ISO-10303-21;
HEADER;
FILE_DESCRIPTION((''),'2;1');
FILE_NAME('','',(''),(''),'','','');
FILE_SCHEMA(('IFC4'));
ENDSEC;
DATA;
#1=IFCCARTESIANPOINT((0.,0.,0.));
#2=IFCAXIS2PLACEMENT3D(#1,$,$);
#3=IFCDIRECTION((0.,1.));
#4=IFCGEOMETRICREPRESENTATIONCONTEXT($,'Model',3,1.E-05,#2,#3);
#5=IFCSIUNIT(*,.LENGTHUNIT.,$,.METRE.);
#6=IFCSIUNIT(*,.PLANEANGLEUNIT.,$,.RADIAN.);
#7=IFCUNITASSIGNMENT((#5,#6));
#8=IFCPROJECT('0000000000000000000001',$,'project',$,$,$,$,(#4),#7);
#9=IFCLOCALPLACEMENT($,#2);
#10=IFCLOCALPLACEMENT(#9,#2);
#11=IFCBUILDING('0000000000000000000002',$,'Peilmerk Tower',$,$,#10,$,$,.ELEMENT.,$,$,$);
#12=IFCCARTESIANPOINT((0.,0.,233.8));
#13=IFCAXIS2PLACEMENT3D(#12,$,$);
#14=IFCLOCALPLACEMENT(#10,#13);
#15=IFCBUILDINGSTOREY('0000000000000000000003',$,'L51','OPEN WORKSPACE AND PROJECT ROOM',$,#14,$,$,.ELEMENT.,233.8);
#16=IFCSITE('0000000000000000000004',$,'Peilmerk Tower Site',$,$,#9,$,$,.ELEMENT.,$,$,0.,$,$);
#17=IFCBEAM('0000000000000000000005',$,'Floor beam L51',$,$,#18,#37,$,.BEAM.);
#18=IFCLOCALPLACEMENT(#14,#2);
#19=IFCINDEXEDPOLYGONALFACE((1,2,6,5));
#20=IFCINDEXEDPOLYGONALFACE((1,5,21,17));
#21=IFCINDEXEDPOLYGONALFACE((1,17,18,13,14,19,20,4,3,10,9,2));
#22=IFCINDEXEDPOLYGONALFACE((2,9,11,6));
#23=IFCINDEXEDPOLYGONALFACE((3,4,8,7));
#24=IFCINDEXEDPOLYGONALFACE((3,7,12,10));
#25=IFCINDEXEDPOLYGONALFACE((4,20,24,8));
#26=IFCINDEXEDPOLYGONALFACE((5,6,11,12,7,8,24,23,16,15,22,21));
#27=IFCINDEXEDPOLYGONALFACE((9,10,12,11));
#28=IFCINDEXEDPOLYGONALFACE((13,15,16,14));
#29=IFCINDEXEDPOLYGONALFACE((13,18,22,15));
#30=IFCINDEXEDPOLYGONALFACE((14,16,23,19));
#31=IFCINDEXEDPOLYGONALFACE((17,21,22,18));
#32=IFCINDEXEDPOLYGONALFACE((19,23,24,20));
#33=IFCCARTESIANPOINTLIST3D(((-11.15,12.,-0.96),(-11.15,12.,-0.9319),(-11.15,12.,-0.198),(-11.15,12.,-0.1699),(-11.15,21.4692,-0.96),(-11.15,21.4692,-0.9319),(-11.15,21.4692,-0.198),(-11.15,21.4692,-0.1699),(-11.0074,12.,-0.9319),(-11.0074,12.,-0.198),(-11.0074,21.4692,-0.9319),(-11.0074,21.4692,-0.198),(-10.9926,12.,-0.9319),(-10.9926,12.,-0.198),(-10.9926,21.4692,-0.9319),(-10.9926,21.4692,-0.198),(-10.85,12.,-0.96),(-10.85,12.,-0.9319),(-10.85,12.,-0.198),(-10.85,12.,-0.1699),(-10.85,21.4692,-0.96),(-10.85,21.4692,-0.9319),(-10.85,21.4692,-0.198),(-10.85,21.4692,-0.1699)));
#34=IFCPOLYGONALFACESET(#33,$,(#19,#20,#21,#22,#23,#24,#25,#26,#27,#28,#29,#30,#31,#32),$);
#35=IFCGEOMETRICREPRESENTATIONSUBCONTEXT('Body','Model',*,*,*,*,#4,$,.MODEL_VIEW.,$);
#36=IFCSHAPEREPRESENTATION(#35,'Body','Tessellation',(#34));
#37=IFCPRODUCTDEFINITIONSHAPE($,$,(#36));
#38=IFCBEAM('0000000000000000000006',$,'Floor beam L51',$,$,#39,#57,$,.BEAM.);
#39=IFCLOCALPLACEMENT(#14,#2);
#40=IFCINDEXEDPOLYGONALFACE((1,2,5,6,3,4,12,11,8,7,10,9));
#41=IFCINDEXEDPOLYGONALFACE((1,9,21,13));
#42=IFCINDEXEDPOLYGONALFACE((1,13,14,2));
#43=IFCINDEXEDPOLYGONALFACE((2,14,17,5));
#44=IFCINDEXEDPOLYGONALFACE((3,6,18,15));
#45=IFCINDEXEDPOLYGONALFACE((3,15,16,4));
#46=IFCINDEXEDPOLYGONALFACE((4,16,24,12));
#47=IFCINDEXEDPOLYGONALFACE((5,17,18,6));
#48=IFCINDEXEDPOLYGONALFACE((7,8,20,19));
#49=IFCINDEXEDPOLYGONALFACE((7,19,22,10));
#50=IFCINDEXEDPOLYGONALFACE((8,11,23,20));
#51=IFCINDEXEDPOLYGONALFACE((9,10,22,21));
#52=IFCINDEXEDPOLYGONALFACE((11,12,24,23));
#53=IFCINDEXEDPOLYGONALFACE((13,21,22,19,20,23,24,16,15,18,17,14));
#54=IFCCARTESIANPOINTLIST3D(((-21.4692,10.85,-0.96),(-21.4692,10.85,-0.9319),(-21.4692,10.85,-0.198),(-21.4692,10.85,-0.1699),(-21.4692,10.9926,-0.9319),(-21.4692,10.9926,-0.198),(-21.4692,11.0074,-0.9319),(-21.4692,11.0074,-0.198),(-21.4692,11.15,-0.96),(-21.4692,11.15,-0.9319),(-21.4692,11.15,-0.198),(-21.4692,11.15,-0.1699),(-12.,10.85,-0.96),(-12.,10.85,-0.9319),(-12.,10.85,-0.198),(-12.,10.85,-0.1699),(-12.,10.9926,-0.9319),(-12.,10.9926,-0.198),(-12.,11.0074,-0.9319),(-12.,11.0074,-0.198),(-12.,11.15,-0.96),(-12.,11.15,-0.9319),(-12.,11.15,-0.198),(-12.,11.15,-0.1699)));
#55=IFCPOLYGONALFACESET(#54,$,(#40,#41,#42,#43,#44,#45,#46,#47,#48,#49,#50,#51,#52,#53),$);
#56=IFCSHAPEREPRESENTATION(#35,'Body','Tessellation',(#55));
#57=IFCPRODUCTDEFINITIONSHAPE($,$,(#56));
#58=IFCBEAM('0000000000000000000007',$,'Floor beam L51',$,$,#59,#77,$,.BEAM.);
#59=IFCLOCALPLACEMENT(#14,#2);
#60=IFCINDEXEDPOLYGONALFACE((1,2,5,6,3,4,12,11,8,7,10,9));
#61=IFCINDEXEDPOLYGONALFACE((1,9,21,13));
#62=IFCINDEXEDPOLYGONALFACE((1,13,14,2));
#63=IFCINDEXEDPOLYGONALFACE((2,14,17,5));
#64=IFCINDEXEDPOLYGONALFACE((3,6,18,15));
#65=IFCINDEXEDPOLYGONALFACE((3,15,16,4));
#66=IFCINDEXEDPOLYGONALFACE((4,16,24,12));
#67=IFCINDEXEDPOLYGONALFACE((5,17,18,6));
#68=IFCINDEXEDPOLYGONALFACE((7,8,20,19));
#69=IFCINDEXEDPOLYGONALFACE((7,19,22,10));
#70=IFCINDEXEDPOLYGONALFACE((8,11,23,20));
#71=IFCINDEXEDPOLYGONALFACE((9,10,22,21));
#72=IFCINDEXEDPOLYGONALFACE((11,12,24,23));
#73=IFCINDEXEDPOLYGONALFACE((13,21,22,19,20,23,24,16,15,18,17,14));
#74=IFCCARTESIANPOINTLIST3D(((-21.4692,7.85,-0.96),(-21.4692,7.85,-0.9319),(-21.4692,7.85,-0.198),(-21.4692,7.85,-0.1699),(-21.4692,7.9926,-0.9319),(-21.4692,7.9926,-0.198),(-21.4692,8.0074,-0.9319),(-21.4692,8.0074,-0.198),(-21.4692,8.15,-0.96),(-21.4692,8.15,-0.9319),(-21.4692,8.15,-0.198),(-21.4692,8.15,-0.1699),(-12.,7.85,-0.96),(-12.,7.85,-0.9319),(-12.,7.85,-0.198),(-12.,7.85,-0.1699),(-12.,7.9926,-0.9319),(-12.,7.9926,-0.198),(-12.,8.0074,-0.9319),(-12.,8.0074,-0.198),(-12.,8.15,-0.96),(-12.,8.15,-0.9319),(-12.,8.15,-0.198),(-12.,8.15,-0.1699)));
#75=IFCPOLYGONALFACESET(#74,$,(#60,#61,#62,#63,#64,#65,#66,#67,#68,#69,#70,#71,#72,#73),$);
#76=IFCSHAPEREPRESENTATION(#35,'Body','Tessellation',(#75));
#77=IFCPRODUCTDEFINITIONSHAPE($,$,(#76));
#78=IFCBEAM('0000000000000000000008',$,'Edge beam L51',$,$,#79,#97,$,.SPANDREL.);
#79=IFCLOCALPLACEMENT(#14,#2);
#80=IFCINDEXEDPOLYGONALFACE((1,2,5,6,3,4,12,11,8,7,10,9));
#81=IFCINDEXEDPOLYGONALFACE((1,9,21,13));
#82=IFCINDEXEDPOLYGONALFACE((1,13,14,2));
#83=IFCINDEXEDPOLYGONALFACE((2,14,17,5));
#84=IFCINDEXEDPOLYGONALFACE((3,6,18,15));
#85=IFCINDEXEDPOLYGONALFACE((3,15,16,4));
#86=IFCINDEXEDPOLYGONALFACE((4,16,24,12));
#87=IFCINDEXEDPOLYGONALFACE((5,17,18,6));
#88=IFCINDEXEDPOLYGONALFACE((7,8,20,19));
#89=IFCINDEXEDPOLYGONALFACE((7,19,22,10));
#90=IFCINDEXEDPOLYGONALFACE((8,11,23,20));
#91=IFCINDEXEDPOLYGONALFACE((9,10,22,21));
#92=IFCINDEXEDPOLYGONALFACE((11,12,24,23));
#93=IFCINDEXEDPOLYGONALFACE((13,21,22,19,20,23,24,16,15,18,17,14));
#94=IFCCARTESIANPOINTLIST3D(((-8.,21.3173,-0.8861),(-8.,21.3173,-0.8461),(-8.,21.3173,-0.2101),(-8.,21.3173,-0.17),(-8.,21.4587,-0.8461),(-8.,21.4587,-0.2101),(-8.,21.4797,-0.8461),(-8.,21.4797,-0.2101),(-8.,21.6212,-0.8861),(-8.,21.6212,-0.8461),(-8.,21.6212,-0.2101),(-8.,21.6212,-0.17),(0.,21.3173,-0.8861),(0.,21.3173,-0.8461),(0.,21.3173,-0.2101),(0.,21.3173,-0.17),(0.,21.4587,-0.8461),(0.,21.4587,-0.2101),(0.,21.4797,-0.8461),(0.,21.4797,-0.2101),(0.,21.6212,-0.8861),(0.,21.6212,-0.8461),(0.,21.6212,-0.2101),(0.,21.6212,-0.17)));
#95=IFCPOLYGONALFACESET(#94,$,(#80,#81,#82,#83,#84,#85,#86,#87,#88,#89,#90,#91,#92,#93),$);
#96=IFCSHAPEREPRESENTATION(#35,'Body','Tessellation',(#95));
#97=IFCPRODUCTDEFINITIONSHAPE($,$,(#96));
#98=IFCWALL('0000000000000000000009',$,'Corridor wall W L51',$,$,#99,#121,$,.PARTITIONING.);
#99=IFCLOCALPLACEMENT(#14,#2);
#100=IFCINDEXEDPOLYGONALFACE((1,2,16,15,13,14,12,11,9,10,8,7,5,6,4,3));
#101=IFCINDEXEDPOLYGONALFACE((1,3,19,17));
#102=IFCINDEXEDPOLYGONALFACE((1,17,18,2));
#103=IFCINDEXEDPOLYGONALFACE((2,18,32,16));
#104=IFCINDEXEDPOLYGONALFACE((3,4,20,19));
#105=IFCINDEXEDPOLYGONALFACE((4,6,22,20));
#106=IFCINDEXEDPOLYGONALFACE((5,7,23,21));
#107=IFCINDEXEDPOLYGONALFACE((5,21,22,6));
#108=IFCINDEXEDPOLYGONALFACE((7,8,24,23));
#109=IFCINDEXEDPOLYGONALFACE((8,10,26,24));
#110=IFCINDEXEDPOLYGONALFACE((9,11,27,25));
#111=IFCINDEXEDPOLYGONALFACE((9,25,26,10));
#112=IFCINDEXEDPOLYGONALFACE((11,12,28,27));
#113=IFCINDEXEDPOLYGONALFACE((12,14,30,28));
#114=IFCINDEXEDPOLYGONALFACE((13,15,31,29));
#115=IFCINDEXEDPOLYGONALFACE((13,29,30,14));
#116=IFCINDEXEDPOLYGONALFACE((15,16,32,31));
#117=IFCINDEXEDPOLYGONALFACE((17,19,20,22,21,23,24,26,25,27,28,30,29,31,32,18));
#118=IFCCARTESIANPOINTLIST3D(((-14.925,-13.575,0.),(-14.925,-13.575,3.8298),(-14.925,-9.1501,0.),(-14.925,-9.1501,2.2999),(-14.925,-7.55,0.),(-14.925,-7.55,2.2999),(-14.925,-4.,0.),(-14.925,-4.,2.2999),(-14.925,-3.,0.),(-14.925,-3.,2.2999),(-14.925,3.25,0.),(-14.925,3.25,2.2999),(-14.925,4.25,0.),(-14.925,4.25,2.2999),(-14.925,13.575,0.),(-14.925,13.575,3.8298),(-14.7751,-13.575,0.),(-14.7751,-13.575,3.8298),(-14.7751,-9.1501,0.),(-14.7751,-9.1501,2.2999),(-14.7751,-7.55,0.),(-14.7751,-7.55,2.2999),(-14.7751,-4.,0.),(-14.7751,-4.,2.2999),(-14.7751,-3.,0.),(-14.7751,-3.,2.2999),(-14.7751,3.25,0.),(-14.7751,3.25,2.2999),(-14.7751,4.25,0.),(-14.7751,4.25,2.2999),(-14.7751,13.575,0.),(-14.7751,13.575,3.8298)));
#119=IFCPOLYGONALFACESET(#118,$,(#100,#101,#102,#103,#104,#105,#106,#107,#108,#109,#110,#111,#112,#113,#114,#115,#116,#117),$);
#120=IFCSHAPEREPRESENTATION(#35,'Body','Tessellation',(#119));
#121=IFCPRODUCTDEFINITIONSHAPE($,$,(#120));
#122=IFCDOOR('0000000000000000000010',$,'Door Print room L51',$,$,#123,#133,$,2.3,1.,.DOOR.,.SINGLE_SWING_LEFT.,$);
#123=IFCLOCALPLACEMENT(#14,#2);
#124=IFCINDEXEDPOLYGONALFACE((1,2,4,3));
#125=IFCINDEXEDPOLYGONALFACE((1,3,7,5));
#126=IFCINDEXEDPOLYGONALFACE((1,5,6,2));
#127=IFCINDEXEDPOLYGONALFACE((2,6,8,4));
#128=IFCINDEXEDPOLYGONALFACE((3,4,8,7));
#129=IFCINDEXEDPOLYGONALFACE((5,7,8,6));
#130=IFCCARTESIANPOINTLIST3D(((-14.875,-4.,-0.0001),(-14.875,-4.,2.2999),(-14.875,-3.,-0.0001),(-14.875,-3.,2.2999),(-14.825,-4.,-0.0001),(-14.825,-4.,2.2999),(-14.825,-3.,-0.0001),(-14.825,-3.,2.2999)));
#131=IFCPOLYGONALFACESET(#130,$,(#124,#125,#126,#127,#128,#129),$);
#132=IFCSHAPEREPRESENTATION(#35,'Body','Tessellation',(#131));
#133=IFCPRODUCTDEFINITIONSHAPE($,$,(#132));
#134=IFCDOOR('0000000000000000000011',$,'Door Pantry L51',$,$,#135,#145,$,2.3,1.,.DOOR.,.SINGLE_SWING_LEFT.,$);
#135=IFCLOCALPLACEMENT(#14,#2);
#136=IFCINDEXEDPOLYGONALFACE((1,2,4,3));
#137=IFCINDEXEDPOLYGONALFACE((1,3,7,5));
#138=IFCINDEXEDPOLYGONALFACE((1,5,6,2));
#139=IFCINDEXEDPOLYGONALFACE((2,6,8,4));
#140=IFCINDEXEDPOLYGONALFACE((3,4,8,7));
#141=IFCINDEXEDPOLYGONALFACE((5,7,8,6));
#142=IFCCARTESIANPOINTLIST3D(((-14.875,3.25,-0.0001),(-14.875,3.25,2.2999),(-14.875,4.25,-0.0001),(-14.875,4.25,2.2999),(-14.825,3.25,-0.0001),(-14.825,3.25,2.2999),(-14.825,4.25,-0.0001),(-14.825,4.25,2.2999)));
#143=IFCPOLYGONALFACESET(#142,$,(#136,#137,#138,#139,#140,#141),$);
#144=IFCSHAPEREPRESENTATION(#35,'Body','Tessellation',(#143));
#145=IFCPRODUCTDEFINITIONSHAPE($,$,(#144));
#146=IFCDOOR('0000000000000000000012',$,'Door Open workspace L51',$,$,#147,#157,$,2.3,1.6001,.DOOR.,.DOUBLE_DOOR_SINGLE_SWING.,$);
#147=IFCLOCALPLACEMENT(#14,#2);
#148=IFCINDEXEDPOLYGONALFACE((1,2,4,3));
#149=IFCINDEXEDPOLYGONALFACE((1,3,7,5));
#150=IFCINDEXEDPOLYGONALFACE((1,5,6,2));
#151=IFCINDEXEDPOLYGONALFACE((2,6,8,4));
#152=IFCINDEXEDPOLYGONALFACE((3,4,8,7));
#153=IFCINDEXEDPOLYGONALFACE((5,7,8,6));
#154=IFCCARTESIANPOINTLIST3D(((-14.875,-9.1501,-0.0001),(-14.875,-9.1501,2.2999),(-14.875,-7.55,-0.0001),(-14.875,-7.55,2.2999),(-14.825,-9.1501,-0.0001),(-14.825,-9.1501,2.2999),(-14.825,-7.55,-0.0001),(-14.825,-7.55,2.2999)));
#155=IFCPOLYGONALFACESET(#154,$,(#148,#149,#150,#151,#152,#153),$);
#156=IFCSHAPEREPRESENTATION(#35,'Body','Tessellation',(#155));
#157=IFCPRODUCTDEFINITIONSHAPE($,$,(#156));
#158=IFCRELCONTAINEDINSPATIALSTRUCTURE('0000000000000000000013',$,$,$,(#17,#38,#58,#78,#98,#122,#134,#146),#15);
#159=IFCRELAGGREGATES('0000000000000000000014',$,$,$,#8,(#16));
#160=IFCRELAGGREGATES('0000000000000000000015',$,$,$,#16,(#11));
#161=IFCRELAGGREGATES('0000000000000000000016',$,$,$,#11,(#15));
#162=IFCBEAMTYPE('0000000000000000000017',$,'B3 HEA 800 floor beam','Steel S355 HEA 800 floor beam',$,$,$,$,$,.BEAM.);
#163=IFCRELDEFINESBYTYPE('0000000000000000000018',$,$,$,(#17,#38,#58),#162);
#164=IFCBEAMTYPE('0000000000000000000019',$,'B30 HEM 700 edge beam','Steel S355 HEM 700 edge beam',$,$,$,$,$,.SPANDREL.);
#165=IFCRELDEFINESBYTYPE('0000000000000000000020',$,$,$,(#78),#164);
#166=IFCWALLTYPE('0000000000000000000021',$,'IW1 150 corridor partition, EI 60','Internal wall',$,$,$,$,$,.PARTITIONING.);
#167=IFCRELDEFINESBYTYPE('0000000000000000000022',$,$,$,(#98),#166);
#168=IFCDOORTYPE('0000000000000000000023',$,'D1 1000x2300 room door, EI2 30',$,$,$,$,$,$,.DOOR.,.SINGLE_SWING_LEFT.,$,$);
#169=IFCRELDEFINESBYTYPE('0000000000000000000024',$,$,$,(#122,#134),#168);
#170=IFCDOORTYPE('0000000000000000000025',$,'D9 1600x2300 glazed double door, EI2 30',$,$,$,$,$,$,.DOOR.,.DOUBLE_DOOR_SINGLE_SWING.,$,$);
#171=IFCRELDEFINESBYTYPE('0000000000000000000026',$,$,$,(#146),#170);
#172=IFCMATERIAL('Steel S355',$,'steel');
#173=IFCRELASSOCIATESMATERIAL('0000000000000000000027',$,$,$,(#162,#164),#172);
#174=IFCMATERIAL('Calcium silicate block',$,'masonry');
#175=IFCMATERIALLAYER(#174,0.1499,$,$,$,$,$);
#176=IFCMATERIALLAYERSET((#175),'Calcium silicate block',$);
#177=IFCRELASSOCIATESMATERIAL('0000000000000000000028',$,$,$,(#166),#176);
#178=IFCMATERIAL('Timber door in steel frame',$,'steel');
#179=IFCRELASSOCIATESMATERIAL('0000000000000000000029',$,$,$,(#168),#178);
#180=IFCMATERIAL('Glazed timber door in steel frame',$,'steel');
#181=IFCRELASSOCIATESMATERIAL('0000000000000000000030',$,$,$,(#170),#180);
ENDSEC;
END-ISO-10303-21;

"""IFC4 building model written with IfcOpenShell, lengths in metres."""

from ifc_helpers import new_model, si_unit, direction, frame, frame_2d, origin, origin_2d, place, context, subcontext, project, spatial, rectangle, i_section, extrude, material, layer, layer_set, material_profile, profile_set, type_object, element, fill, save


model = new_model("IFC4")

# Units and contexts
model_context = context("Model", 3, precision=1e-05, world=origin(), true_north=direction((0.0, 1.0)))
body_context = subcontext(model_context, "Body", "Model", "MODEL_VIEW")
ifc_project = project(units=[si_unit("LENGTHUNIT", "METRE"), si_unit("PLANEANGLEUNIT", "RADIAN")], contexts=[model_context])

# Site, building, storey
site_placement = place(None, origin())
site = spatial("IfcSite", under=ifc_project, at=site_placement, Name="Peilmerk Tower Site", CompositionType="ELEMENT", RefElevation=0.0)
building_placement = place(site_placement, origin())
building = spatial("IfcBuilding", under=site, at=building_placement, Name="Peilmerk Tower", CompositionType="ELEMENT")
storey_placement = place(building_placement, frame((0.0, 0.0, 233.8)))
storey = spatial("IfcBuildingStorey", under=building, at=storey_placement, Name="L51", Description="OPEN WORKSPACE AND PROJECT ROOM", CompositionType="ELEMENT", Elevation=233.8)

# Beams
ifc_material_1 = material(Name="Steel S355", Category="steel")
ifc_material_profile_1 = material_profile(ifc_material_1, i_section(OverallWidth=0.3, OverallDepth=0.79, WebThickness=0.0149, FlangeThickness=0.0281, at=origin_2d()), Name="HEA 800")
ifc_profile_set_1 = profile_set([ifc_material_profile_1], Name="Steel S355")
beam_type_1 = type_object("IfcBeamType", Name="B3 HEA 800 floor beam", Description="Steel S355 HEA 800 floor beam", PredefinedType="BEAM", material=ifc_profile_set_1)
for number, where, z_axis, x_axis, name in (
    (1, (-11.0, 12.0, -0.5649), (0.0, 1.0, 0.0), (-1.0, 0.0, 0.0), "Floor beam L51"),
    (2, (-12.0, 11.0, -0.5649), (-1.0, 0.0, 0.0), (0.0, -1.0, 0.0), "Floor beam L51"),
    (3, (-12.0, 8.0, -0.5649), (-1.0, 0.0, 0.0), (0.0, -1.0, 0.0), "Floor beam L51"),
):
    element("IfcBeam", number, at=place(storey_placement, frame(where, z_axis=z_axis, x_axis=x_axis)), inside=storey, type_object=beam_type_1, Name=name, PredefinedType="BEAM", context=body_context, shape_type="SweptSolid", body=[
        extrude(i_section(OverallWidth=0.3, OverallDepth=0.79, WebThickness=0.0149, FlangeThickness=0.0281, at=origin_2d()), origin(), (0.0, 0.0, 1.0), 9.4692),
    ])
ifc_material_profile_2 = material_profile(ifc_material_1, i_section(OverallWidth=0.304, OverallDepth=0.7161, WebThickness=0.021, FlangeThickness=0.04, at=origin_2d()), Name="HEM 700")
ifc_profile_set_2 = profile_set([ifc_material_profile_2], Name="Steel S355")
beam_type_2 = type_object("IfcBeamType", Name="B30 HEM 700 edge beam", Description="Steel S355 HEM 700 edge beam", PredefinedType="SPANDREL", material=ifc_profile_set_2)
beam_1_placement = place(storey_placement, frame((0.0, 21.4692, -0.5281), z_axis=(-1.0, 0.0, 0.0), x_axis=(0.0, -1.0, 0.0)))
element("IfcBeam", 4, at=beam_1_placement, inside=storey, type_object=beam_type_2, Name="Edge beam L51", PredefinedType="SPANDREL", context=body_context, shape_type="SweptSolid", body=[
    extrude(i_section(OverallWidth=0.304, OverallDepth=0.7161, WebThickness=0.021, FlangeThickness=0.04, at=origin_2d()), origin(), (0.0, 0.0, 1.0), 8.0),
])

# Wall, openings, doors
ifc_material_2 = material(Name="Calcium silicate block", Category="masonry")
ifc_layer_1 = layer(ifc_material_2, 0.1499)
ifc_layer_set_1 = layer_set([ifc_layer_1], Name="Calcium silicate block")
wall_type_1 = type_object("IfcWallType", Name="IW1 150 corridor partition, EI 60", Description="Internal wall", PredefinedType="PARTITIONING", material=ifc_layer_set_1)
wall_1_placement = place(storey_placement, frame((-14.8501, 13.575, 0.0), z_axis=(0.0, 0.0, 1.0), x_axis=(0.0, -1.0, 0.0)))
wall_1 = element("IfcWall", 5, at=wall_1_placement, inside=storey, type_object=wall_type_1, Name="Corridor wall W L51", PredefinedType="PARTITIONING", context=body_context, shape_type="SweptSolid", body=[
    extrude(rectangle(XDim=27.1499, YDim=0.1499, at=frame_2d((13.575, 0.0))), origin(), (0.0, 0.0, 1.0), 3.8298),
])
opening_1_placement = place(wall_1_placement, frame((21.125, 0.0, 0.0)))
opening_1 = element("IfcOpeningElement", 6, at=opening_1_placement, cuts=wall_1, PredefinedType="OPENING", context=body_context, shape_type="SweptSolid", body=[
    extrude(rectangle(XDim=1.6001, YDim=2.3, at=frame_2d((0.8, 1.1499))), frame((0.0, 0.085, 0.0), z_axis=(0.0, -1.0, 0.0), x_axis=(1.0, 0.0, 0.0)), (0.0, 0.0, 1.0), 0.1699),
])
opening_2_placement = place(wall_1_placement, frame((16.575, 0.0, 0.0)))
opening_2 = element("IfcOpeningElement", 7, at=opening_2_placement, cuts=wall_1, PredefinedType="OPENING", context=body_context, shape_type="SweptSolid", body=[
    extrude(rectangle(XDim=1.0, YDim=2.3, at=frame_2d((0.5, 1.1499))), frame((0.0, 0.085, 0.0), z_axis=(0.0, -1.0, 0.0), x_axis=(1.0, 0.0, 0.0)), (0.0, 0.0, 1.0), 0.1699),
])
opening_3_placement = place(wall_1_placement, frame((9.325, 0.0, 0.0)))
opening_3 = element("IfcOpeningElement", 8, at=opening_3_placement, cuts=wall_1, PredefinedType="OPENING", context=body_context, shape_type="SweptSolid", body=[
    extrude(rectangle(XDim=1.0, YDim=2.3, at=frame_2d((0.5, 1.1499))), frame((0.0, 0.085, 0.0), z_axis=(0.0, -1.0, 0.0), x_axis=(1.0, 0.0, 0.0)), (0.0, 0.0, 1.0), 0.1699),
])
ifc_material_3 = material(Name="Timber door in steel frame", Category="steel")
door_type_1 = type_object("IfcDoorType", Name="D1 1000x2300 room door, EI2 30", OperationType="SINGLE_SWING_LEFT", PredefinedType="DOOR", material=ifc_material_3)
door_1_placement = place(opening_2_placement, frame((1.0, 0.0, 0.0), z_axis=(0.0, 0.0, 1.0), x_axis=(-1.0, 0.0, 0.0)))
door_1 = element("IfcDoor", 9, at=door_1_placement, inside=storey, type_object=door_type_1, Name="Door Print room L51", OperationType="SINGLE_SWING_LEFT", OverallHeight=2.3, OverallWidth=1.0, PredefinedType="DOOR", context=body_context, shape_type="SweptSolid", body=[
    extrude(rectangle(XDim=1.0, YDim=2.3, at=frame_2d((0.5, 1.1499))), frame((0.0, 0.0249, 0.0), z_axis=(0.0, -1.0, 0.0), x_axis=(1.0, 0.0, 0.0)), (0.0, 0.0, 1.0), 0.05),
])
fill(opening_2, door_1)
door_2_placement = place(opening_3_placement, frame((1.0, 0.0, 0.0), z_axis=(0.0, 0.0, 1.0), x_axis=(-1.0, 0.0, 0.0)))
door_2 = element("IfcDoor", 10, at=door_2_placement, inside=storey, type_object=door_type_1, Name="Door Pantry L51", OperationType="SINGLE_SWING_LEFT", OverallHeight=2.3, OverallWidth=1.0, PredefinedType="DOOR", context=body_context, shape_type="SweptSolid", body=[
    extrude(rectangle(XDim=1.0, YDim=2.3, at=frame_2d((0.5, 1.1499))), frame((0.0, 0.0249, 0.0), z_axis=(0.0, -1.0, 0.0), x_axis=(1.0, 0.0, 0.0)), (0.0, 0.0, 1.0), 0.05),
])
fill(opening_3, door_2)
ifc_material_4 = material(Name="Glazed timber door in steel frame", Category="steel")
door_type_2 = type_object("IfcDoorType", Name="D9 1600x2300 glazed double door, EI2 30", OperationType="DOUBLE_DOOR_SINGLE_SWING", PredefinedType="DOOR", material=ifc_material_4)
door_3_placement = place(opening_1_placement, frame((1.6001, 0.0, 0.0), z_axis=(0.0, 0.0, 1.0), x_axis=(-1.0, 0.0, 0.0)))
door_3 = element("IfcDoor", 11, at=door_3_placement, inside=storey, type_object=door_type_2, Name="Door Open workspace L51", OperationType="DOUBLE_DOOR_SINGLE_SWING", OverallHeight=2.3, OverallWidth=1.6001, PredefinedType="DOOR", context=body_context, shape_type="SweptSolid", body=[
    extrude(rectangle(XDim=1.6001, YDim=2.3, at=frame_2d((0.8, 1.1499))), frame((0.0, 0.0249, 0.0), z_axis=(0.0, -1.0, 0.0), x_axis=(1.0, 0.0, 0.0)), (0.0, 0.0, 1.0), 0.05),
])
fill(opening_1, door_3)

save(model, "model.ifc")
